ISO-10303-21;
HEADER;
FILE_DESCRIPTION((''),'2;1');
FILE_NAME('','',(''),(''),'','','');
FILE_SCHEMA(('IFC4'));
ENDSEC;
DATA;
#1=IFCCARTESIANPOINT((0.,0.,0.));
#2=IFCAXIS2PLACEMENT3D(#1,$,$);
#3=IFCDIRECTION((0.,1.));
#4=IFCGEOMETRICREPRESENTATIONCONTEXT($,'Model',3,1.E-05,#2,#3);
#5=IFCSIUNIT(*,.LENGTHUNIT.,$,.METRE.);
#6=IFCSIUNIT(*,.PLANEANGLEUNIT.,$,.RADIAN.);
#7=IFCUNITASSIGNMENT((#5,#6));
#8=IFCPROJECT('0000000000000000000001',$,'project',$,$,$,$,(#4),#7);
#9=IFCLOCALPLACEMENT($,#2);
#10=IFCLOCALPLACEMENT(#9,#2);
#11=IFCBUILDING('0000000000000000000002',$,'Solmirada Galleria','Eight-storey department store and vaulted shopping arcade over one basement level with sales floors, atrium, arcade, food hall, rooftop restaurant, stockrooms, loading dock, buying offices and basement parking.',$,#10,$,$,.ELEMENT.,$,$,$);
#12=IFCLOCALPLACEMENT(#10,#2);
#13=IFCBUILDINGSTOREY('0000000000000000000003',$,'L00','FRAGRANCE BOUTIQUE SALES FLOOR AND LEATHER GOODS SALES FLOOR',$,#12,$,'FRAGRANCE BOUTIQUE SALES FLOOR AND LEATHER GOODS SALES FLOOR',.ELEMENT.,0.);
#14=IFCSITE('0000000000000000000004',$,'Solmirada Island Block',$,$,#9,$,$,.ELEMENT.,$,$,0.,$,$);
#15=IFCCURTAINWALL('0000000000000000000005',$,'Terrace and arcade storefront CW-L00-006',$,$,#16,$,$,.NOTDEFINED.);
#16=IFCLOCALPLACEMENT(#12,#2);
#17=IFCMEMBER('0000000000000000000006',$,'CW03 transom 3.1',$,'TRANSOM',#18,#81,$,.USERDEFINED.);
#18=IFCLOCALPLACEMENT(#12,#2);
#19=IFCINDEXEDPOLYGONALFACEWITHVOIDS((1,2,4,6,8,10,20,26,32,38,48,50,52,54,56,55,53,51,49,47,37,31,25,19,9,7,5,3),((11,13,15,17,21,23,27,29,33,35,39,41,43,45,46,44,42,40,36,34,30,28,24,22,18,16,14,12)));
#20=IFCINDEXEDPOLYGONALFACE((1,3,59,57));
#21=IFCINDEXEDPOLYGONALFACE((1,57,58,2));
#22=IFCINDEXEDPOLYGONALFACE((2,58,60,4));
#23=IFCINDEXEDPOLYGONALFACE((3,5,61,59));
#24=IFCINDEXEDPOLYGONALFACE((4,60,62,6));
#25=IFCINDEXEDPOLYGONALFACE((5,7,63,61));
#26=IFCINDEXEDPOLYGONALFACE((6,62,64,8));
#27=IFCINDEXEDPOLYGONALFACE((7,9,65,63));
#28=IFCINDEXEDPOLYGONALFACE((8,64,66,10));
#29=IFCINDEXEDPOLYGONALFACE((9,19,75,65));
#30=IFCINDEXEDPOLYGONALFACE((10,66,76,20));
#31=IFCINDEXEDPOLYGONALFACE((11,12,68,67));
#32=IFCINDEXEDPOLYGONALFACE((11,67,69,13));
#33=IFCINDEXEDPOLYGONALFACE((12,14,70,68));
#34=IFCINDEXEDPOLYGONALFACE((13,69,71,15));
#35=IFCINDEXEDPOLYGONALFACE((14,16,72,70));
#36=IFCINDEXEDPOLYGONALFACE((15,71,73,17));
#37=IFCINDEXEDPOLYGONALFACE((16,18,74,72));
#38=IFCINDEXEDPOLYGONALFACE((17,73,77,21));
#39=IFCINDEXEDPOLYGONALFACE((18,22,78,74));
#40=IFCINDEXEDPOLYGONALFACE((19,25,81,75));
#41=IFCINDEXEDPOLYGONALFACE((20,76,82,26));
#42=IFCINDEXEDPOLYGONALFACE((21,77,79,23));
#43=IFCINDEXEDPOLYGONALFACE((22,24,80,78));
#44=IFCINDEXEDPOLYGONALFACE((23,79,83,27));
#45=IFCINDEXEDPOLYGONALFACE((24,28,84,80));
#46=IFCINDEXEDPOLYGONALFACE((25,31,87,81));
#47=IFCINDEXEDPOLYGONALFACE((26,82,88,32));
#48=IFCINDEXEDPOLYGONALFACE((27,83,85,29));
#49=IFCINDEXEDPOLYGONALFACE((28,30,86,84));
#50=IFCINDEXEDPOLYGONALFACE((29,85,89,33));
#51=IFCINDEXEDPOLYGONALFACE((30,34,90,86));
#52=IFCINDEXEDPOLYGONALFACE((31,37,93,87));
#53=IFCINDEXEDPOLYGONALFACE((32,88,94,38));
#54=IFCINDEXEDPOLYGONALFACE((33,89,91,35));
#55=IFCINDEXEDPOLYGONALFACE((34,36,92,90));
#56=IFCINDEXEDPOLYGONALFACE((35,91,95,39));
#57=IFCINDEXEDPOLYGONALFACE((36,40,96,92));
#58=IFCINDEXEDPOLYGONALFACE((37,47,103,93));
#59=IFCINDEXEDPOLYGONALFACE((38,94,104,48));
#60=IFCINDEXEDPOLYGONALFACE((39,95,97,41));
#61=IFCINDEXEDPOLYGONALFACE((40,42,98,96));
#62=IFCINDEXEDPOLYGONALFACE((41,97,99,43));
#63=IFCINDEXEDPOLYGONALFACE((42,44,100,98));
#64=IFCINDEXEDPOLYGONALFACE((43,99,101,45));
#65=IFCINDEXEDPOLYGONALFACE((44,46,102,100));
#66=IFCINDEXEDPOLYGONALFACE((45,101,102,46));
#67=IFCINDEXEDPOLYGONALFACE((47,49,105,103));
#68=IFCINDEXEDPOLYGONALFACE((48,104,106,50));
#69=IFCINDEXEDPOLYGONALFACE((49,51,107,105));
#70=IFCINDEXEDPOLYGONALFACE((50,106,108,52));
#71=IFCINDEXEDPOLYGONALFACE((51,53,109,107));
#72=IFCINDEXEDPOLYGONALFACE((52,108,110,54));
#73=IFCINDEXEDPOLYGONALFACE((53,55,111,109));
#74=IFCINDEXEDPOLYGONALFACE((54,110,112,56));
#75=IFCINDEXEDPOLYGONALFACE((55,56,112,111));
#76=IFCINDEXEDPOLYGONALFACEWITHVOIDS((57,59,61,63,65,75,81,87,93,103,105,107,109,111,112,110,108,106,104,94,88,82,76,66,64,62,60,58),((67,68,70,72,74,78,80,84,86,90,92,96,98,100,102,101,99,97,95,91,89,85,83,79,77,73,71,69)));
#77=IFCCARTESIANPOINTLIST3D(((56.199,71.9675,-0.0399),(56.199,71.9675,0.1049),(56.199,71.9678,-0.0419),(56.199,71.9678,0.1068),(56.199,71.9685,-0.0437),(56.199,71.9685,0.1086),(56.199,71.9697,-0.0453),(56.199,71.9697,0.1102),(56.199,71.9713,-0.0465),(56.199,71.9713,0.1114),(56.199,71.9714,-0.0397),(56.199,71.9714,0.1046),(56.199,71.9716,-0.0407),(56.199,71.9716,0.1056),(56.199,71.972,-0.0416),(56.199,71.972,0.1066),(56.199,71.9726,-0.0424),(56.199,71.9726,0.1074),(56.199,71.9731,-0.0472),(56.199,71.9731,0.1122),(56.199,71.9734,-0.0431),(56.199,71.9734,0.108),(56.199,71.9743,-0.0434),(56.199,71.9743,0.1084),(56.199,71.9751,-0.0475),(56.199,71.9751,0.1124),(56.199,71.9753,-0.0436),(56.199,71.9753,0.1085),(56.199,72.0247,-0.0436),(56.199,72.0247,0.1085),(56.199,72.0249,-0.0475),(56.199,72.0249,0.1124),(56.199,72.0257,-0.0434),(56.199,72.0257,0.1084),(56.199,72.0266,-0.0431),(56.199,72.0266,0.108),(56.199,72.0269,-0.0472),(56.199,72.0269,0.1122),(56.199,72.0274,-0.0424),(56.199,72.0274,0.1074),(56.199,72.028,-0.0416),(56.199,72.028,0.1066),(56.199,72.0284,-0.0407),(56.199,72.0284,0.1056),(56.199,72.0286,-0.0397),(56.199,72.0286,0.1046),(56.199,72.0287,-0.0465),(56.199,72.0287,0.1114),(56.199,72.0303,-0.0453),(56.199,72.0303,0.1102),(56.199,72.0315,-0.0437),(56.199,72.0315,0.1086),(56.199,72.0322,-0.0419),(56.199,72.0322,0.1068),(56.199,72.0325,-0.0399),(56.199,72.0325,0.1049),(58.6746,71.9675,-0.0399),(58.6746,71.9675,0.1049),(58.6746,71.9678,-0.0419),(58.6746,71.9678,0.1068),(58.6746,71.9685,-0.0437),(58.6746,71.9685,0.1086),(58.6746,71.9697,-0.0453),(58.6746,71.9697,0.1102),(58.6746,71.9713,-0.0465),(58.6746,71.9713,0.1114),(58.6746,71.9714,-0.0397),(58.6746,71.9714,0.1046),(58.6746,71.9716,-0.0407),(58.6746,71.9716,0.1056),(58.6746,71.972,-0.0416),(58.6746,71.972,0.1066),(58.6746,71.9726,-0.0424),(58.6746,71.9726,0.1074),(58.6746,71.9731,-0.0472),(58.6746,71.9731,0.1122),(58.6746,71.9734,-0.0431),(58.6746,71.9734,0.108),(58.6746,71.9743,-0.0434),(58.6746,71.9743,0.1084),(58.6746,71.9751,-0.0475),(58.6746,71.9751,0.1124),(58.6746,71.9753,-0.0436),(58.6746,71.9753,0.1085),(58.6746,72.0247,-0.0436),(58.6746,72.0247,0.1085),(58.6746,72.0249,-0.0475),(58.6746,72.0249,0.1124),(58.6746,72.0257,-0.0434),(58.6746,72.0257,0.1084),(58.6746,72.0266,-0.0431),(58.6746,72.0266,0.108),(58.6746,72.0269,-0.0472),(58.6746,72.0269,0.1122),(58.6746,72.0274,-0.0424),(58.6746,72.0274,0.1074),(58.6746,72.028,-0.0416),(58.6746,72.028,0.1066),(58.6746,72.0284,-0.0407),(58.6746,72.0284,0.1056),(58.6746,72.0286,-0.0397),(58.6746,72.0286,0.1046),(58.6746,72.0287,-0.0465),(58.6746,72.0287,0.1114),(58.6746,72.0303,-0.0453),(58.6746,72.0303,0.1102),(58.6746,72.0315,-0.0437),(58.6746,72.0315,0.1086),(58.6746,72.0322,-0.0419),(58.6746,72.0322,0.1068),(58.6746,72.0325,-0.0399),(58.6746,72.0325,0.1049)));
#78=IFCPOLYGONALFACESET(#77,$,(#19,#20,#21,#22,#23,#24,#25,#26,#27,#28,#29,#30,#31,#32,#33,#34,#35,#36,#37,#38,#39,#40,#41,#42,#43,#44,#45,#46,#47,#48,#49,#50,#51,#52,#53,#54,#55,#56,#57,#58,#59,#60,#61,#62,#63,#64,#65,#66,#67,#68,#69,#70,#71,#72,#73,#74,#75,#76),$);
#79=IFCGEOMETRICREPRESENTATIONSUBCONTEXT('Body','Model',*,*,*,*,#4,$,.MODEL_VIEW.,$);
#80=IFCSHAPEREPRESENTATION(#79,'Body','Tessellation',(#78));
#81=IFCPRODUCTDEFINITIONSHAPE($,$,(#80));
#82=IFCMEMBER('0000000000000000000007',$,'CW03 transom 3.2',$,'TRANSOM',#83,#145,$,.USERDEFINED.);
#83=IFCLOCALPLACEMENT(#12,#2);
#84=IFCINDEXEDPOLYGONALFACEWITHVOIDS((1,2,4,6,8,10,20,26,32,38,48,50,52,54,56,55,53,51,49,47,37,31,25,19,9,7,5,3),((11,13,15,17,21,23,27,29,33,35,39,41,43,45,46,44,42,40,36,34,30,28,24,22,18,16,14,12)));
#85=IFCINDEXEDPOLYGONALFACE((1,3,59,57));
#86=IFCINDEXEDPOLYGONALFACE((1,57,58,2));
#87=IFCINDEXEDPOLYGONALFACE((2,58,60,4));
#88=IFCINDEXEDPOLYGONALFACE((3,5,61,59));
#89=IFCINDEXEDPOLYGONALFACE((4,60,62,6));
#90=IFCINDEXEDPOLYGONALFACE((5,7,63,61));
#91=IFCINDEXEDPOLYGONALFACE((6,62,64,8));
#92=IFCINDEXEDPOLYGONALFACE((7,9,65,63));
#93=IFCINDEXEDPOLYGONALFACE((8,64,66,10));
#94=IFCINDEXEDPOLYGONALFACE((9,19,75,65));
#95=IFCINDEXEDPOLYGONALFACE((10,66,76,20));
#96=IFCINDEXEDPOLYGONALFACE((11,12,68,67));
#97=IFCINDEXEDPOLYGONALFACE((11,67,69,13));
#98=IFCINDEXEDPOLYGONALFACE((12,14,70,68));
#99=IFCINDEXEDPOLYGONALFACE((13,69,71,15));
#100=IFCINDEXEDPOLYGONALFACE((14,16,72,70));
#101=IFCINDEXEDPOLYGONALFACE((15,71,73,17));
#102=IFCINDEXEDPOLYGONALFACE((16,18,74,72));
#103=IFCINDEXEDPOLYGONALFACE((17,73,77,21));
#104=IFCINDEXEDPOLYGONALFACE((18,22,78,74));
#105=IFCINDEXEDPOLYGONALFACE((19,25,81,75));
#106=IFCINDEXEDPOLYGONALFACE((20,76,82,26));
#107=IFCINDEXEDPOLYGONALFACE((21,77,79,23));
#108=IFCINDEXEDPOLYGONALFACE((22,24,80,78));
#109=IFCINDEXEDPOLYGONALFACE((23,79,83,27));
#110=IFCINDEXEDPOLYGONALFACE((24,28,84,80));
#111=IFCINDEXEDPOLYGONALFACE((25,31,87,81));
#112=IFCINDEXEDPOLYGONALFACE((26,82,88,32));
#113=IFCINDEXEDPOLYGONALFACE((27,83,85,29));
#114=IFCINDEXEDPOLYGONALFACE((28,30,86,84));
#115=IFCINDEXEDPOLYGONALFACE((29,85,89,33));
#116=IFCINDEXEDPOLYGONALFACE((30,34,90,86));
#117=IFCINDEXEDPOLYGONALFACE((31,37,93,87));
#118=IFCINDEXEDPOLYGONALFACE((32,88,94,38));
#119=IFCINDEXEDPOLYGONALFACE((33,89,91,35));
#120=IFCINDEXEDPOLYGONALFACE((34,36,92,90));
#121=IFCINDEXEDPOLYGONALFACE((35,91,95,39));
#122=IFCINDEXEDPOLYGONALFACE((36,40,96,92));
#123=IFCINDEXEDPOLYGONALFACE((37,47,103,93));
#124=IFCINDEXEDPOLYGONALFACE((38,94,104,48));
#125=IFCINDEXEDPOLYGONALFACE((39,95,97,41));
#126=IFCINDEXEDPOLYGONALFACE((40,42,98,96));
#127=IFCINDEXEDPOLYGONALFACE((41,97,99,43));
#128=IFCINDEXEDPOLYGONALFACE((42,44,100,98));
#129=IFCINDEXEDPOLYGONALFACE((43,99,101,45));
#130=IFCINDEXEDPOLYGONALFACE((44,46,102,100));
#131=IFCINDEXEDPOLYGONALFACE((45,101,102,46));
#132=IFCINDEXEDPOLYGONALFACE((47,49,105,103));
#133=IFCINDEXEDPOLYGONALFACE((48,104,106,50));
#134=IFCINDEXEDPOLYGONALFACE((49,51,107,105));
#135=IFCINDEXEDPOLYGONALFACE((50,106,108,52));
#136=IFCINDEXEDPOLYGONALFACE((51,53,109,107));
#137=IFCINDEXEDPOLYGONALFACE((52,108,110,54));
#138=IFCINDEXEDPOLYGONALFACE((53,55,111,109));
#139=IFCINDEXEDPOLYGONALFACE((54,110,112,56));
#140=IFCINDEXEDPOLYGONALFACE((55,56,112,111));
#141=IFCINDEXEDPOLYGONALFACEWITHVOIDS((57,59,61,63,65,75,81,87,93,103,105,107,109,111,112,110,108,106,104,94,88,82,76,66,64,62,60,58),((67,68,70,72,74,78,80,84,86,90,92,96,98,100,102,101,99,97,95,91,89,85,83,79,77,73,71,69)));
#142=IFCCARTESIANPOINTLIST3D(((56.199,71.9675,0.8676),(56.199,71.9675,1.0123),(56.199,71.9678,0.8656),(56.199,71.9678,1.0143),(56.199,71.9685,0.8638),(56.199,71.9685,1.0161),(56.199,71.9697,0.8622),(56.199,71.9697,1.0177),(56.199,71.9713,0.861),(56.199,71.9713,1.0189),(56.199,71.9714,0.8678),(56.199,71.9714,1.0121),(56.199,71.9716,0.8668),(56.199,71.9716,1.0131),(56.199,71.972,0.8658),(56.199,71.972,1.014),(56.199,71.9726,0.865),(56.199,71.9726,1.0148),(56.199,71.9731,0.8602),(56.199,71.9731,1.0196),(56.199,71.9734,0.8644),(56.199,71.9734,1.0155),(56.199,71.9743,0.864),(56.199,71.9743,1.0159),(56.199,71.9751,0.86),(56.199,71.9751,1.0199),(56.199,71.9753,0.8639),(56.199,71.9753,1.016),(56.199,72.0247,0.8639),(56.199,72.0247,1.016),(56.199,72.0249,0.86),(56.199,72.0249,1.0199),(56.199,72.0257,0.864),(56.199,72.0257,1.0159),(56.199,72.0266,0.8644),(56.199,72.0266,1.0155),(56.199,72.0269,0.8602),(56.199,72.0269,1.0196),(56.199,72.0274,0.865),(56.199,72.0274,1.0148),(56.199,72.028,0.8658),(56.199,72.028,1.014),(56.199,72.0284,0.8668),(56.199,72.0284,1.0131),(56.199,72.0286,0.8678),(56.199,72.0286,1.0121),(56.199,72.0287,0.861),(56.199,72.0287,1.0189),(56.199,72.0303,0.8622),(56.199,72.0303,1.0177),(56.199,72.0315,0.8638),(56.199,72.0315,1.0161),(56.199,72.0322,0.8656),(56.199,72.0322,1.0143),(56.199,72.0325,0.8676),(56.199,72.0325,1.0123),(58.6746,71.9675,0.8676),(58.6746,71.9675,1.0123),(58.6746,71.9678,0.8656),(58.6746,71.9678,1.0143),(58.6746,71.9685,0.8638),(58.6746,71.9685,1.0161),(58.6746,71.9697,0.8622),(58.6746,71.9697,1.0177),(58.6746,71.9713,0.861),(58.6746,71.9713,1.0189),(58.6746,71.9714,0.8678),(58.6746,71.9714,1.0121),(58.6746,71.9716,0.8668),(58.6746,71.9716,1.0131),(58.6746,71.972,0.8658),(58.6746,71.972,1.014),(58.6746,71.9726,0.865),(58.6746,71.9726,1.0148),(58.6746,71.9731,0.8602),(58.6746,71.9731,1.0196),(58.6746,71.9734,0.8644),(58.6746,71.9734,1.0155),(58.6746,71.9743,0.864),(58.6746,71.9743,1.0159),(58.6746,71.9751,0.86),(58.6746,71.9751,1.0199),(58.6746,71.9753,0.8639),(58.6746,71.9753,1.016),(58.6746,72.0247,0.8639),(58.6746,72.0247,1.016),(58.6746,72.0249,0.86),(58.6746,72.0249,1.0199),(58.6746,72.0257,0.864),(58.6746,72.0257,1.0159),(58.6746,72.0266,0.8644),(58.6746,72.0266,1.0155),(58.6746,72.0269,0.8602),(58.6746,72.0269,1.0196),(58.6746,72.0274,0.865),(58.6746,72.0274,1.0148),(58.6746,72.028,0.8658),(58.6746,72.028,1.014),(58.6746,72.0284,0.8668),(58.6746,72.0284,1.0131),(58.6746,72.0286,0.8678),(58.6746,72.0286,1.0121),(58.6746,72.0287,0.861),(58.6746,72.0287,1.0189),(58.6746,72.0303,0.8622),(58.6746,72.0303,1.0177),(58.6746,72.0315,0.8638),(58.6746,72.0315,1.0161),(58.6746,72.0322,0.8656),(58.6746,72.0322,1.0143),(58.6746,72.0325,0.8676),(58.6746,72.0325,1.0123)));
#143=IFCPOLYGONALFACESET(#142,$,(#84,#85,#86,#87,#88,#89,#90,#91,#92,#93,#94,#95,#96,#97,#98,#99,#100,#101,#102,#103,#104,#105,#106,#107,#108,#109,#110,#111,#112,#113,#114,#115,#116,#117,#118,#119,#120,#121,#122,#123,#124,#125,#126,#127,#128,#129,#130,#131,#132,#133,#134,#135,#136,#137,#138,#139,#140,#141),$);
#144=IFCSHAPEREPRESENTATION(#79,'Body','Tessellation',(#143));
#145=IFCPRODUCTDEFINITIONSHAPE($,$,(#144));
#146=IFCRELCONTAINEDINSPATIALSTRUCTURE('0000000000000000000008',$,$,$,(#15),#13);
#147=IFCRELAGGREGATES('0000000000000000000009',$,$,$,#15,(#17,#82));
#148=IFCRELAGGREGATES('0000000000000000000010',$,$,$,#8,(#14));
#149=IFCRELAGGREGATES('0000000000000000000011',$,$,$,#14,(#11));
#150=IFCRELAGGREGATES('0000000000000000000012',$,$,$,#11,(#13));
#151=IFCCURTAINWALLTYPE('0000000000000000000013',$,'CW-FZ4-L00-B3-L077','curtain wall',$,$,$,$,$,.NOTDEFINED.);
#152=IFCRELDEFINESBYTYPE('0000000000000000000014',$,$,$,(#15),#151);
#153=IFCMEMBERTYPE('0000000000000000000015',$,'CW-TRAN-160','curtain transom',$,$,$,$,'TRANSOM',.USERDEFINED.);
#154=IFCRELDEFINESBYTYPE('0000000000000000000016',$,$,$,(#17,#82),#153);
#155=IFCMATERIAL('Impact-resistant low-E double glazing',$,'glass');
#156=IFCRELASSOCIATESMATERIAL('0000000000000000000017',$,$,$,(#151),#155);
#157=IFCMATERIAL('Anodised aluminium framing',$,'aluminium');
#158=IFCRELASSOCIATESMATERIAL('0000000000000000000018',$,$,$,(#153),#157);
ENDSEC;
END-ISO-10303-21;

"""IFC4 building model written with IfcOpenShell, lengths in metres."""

from ifc_helpers import new_model, si_unit, direction, frame, origin, origin_2d, place, context, subcontext, project, spatial, hollow_rectangle, extrude, material, material_profile, profile_set, type_object, element, aggregate, save


model = new_model("IFC4")

# Units and contexts
model_context = context("Model", 3, precision=1e-05, world=origin(), true_north=direction((0.0, 1.0)))
body_context = subcontext(model_context, "Body", "Model", "MODEL_VIEW")
ifc_project = project(units=[si_unit("LENGTHUNIT", "METRE"), si_unit("PLANEANGLEUNIT", "RADIAN")], contexts=[model_context])

# Site, building, storey
site_placement = place(None, origin())
site = spatial("IfcSite", under=ifc_project, at=site_placement, Name="Solmirada Island Block", CompositionType="ELEMENT", RefElevation=0.0)
building_placement = place(site_placement, origin())
building = spatial("IfcBuilding", under=site, at=building_placement, Name="Solmirada Galleria", Description="Eight-storey department store and vaulted shopping arcade over one basement level with sales floors, atrium, arcade, food hall, rooftop restaurant, stockrooms, loading dock, buying offices and basement parking.", CompositionType="ELEMENT")
storey_placement = place(building_placement, origin())
storey = spatial("IfcBuildingStorey", under=building, at=storey_placement, Name="L00", Description="FRAGRANCE BOUTIQUE SALES FLOOR AND LEATHER GOODS SALES FLOOR", LongName="FRAGRANCE BOUTIQUE SALES FLOOR AND LEATHER GOODS SALES FLOOR", CompositionType="ELEMENT", Elevation=0.0)

# Curtain wall
ifc_material_1 = material(Name="Impact-resistant low-E double glazing", Category="glass")
curtain_wall_type_1 = type_object("IfcCurtainWallType", Name="CW-FZ4-L00-B3-L077", Description="curtain wall", PredefinedType="NOTDEFINED", material=ifc_material_1)
curtain_wall_1_placement = place(storey_placement, origin())
curtain_wall_1 = element("IfcCurtainWall", 1, at=curtain_wall_1_placement, inside=storey, type_object=curtain_wall_type_1, Name="Terrace and arcade storefront CW-L00-006", PredefinedType="NOTDEFINED")
ifc_material_2 = material(Name="Anodised aluminium framing", Category="aluminium")

# Members
ifc_material_profile_1 = material_profile(ifc_material_2, hollow_rectangle(XDim=0.0649, YDim=0.1599, WallThickness=0.0039, InnerFilletRadius=0.0039, OuterFilletRadius=0.0076, at=origin_2d()), Name="ALU-TRAN-160X65")
ifc_profile_set_1 = profile_set([ifc_material_profile_1], Name="Anodised aluminium framing")
member_type_1 = type_object("IfcMemberType", Name="CW-TRAN-160", Description="curtain transom", ElementType="TRANSOM", PredefinedType="USERDEFINED", material=ifc_profile_set_1)
member_1_placement = place(storey_placement, frame((58.6746, 72.0, 0.0325), z_axis=(-1.0, 0.0, 0.0), x_axis=(0.0, -1.0, 0.0)))
member_1 = element("IfcMember", 2, at=member_1_placement, type_object=member_type_1, Name="CW03 transom 3.1", ObjectType="TRANSOM", PredefinedType="USERDEFINED", context=body_context, shape_type="SweptSolid", body=[
    extrude(hollow_rectangle(XDim=0.0649, YDim=0.1599, WallThickness=0.0039, InnerFilletRadius=0.0039, OuterFilletRadius=0.0076, at=origin_2d()), origin(), (0.0, 0.0, 1.0), 2.4756),
])
member_2_placement = place(storey_placement, frame((58.6746, 72.0, 0.9399), z_axis=(-1.0, 0.0, 0.0), x_axis=(0.0, -1.0, 0.0)))
member_2 = element("IfcMember", 3, at=member_2_placement, type_object=member_type_1, Name="CW03 transom 3.2", ObjectType="TRANSOM", PredefinedType="USERDEFINED", context=body_context, shape_type="SweptSolid", body=[
    extrude(hollow_rectangle(XDim=0.0649, YDim=0.1599, WallThickness=0.0039, InnerFilletRadius=0.0039, OuterFilletRadius=0.0076, at=origin_2d()), origin(), (0.0, 0.0, 1.0), 2.4756),
])

aggregate(curtain_wall_1, [member_1, member_2])

save(model, "model.ifc")
